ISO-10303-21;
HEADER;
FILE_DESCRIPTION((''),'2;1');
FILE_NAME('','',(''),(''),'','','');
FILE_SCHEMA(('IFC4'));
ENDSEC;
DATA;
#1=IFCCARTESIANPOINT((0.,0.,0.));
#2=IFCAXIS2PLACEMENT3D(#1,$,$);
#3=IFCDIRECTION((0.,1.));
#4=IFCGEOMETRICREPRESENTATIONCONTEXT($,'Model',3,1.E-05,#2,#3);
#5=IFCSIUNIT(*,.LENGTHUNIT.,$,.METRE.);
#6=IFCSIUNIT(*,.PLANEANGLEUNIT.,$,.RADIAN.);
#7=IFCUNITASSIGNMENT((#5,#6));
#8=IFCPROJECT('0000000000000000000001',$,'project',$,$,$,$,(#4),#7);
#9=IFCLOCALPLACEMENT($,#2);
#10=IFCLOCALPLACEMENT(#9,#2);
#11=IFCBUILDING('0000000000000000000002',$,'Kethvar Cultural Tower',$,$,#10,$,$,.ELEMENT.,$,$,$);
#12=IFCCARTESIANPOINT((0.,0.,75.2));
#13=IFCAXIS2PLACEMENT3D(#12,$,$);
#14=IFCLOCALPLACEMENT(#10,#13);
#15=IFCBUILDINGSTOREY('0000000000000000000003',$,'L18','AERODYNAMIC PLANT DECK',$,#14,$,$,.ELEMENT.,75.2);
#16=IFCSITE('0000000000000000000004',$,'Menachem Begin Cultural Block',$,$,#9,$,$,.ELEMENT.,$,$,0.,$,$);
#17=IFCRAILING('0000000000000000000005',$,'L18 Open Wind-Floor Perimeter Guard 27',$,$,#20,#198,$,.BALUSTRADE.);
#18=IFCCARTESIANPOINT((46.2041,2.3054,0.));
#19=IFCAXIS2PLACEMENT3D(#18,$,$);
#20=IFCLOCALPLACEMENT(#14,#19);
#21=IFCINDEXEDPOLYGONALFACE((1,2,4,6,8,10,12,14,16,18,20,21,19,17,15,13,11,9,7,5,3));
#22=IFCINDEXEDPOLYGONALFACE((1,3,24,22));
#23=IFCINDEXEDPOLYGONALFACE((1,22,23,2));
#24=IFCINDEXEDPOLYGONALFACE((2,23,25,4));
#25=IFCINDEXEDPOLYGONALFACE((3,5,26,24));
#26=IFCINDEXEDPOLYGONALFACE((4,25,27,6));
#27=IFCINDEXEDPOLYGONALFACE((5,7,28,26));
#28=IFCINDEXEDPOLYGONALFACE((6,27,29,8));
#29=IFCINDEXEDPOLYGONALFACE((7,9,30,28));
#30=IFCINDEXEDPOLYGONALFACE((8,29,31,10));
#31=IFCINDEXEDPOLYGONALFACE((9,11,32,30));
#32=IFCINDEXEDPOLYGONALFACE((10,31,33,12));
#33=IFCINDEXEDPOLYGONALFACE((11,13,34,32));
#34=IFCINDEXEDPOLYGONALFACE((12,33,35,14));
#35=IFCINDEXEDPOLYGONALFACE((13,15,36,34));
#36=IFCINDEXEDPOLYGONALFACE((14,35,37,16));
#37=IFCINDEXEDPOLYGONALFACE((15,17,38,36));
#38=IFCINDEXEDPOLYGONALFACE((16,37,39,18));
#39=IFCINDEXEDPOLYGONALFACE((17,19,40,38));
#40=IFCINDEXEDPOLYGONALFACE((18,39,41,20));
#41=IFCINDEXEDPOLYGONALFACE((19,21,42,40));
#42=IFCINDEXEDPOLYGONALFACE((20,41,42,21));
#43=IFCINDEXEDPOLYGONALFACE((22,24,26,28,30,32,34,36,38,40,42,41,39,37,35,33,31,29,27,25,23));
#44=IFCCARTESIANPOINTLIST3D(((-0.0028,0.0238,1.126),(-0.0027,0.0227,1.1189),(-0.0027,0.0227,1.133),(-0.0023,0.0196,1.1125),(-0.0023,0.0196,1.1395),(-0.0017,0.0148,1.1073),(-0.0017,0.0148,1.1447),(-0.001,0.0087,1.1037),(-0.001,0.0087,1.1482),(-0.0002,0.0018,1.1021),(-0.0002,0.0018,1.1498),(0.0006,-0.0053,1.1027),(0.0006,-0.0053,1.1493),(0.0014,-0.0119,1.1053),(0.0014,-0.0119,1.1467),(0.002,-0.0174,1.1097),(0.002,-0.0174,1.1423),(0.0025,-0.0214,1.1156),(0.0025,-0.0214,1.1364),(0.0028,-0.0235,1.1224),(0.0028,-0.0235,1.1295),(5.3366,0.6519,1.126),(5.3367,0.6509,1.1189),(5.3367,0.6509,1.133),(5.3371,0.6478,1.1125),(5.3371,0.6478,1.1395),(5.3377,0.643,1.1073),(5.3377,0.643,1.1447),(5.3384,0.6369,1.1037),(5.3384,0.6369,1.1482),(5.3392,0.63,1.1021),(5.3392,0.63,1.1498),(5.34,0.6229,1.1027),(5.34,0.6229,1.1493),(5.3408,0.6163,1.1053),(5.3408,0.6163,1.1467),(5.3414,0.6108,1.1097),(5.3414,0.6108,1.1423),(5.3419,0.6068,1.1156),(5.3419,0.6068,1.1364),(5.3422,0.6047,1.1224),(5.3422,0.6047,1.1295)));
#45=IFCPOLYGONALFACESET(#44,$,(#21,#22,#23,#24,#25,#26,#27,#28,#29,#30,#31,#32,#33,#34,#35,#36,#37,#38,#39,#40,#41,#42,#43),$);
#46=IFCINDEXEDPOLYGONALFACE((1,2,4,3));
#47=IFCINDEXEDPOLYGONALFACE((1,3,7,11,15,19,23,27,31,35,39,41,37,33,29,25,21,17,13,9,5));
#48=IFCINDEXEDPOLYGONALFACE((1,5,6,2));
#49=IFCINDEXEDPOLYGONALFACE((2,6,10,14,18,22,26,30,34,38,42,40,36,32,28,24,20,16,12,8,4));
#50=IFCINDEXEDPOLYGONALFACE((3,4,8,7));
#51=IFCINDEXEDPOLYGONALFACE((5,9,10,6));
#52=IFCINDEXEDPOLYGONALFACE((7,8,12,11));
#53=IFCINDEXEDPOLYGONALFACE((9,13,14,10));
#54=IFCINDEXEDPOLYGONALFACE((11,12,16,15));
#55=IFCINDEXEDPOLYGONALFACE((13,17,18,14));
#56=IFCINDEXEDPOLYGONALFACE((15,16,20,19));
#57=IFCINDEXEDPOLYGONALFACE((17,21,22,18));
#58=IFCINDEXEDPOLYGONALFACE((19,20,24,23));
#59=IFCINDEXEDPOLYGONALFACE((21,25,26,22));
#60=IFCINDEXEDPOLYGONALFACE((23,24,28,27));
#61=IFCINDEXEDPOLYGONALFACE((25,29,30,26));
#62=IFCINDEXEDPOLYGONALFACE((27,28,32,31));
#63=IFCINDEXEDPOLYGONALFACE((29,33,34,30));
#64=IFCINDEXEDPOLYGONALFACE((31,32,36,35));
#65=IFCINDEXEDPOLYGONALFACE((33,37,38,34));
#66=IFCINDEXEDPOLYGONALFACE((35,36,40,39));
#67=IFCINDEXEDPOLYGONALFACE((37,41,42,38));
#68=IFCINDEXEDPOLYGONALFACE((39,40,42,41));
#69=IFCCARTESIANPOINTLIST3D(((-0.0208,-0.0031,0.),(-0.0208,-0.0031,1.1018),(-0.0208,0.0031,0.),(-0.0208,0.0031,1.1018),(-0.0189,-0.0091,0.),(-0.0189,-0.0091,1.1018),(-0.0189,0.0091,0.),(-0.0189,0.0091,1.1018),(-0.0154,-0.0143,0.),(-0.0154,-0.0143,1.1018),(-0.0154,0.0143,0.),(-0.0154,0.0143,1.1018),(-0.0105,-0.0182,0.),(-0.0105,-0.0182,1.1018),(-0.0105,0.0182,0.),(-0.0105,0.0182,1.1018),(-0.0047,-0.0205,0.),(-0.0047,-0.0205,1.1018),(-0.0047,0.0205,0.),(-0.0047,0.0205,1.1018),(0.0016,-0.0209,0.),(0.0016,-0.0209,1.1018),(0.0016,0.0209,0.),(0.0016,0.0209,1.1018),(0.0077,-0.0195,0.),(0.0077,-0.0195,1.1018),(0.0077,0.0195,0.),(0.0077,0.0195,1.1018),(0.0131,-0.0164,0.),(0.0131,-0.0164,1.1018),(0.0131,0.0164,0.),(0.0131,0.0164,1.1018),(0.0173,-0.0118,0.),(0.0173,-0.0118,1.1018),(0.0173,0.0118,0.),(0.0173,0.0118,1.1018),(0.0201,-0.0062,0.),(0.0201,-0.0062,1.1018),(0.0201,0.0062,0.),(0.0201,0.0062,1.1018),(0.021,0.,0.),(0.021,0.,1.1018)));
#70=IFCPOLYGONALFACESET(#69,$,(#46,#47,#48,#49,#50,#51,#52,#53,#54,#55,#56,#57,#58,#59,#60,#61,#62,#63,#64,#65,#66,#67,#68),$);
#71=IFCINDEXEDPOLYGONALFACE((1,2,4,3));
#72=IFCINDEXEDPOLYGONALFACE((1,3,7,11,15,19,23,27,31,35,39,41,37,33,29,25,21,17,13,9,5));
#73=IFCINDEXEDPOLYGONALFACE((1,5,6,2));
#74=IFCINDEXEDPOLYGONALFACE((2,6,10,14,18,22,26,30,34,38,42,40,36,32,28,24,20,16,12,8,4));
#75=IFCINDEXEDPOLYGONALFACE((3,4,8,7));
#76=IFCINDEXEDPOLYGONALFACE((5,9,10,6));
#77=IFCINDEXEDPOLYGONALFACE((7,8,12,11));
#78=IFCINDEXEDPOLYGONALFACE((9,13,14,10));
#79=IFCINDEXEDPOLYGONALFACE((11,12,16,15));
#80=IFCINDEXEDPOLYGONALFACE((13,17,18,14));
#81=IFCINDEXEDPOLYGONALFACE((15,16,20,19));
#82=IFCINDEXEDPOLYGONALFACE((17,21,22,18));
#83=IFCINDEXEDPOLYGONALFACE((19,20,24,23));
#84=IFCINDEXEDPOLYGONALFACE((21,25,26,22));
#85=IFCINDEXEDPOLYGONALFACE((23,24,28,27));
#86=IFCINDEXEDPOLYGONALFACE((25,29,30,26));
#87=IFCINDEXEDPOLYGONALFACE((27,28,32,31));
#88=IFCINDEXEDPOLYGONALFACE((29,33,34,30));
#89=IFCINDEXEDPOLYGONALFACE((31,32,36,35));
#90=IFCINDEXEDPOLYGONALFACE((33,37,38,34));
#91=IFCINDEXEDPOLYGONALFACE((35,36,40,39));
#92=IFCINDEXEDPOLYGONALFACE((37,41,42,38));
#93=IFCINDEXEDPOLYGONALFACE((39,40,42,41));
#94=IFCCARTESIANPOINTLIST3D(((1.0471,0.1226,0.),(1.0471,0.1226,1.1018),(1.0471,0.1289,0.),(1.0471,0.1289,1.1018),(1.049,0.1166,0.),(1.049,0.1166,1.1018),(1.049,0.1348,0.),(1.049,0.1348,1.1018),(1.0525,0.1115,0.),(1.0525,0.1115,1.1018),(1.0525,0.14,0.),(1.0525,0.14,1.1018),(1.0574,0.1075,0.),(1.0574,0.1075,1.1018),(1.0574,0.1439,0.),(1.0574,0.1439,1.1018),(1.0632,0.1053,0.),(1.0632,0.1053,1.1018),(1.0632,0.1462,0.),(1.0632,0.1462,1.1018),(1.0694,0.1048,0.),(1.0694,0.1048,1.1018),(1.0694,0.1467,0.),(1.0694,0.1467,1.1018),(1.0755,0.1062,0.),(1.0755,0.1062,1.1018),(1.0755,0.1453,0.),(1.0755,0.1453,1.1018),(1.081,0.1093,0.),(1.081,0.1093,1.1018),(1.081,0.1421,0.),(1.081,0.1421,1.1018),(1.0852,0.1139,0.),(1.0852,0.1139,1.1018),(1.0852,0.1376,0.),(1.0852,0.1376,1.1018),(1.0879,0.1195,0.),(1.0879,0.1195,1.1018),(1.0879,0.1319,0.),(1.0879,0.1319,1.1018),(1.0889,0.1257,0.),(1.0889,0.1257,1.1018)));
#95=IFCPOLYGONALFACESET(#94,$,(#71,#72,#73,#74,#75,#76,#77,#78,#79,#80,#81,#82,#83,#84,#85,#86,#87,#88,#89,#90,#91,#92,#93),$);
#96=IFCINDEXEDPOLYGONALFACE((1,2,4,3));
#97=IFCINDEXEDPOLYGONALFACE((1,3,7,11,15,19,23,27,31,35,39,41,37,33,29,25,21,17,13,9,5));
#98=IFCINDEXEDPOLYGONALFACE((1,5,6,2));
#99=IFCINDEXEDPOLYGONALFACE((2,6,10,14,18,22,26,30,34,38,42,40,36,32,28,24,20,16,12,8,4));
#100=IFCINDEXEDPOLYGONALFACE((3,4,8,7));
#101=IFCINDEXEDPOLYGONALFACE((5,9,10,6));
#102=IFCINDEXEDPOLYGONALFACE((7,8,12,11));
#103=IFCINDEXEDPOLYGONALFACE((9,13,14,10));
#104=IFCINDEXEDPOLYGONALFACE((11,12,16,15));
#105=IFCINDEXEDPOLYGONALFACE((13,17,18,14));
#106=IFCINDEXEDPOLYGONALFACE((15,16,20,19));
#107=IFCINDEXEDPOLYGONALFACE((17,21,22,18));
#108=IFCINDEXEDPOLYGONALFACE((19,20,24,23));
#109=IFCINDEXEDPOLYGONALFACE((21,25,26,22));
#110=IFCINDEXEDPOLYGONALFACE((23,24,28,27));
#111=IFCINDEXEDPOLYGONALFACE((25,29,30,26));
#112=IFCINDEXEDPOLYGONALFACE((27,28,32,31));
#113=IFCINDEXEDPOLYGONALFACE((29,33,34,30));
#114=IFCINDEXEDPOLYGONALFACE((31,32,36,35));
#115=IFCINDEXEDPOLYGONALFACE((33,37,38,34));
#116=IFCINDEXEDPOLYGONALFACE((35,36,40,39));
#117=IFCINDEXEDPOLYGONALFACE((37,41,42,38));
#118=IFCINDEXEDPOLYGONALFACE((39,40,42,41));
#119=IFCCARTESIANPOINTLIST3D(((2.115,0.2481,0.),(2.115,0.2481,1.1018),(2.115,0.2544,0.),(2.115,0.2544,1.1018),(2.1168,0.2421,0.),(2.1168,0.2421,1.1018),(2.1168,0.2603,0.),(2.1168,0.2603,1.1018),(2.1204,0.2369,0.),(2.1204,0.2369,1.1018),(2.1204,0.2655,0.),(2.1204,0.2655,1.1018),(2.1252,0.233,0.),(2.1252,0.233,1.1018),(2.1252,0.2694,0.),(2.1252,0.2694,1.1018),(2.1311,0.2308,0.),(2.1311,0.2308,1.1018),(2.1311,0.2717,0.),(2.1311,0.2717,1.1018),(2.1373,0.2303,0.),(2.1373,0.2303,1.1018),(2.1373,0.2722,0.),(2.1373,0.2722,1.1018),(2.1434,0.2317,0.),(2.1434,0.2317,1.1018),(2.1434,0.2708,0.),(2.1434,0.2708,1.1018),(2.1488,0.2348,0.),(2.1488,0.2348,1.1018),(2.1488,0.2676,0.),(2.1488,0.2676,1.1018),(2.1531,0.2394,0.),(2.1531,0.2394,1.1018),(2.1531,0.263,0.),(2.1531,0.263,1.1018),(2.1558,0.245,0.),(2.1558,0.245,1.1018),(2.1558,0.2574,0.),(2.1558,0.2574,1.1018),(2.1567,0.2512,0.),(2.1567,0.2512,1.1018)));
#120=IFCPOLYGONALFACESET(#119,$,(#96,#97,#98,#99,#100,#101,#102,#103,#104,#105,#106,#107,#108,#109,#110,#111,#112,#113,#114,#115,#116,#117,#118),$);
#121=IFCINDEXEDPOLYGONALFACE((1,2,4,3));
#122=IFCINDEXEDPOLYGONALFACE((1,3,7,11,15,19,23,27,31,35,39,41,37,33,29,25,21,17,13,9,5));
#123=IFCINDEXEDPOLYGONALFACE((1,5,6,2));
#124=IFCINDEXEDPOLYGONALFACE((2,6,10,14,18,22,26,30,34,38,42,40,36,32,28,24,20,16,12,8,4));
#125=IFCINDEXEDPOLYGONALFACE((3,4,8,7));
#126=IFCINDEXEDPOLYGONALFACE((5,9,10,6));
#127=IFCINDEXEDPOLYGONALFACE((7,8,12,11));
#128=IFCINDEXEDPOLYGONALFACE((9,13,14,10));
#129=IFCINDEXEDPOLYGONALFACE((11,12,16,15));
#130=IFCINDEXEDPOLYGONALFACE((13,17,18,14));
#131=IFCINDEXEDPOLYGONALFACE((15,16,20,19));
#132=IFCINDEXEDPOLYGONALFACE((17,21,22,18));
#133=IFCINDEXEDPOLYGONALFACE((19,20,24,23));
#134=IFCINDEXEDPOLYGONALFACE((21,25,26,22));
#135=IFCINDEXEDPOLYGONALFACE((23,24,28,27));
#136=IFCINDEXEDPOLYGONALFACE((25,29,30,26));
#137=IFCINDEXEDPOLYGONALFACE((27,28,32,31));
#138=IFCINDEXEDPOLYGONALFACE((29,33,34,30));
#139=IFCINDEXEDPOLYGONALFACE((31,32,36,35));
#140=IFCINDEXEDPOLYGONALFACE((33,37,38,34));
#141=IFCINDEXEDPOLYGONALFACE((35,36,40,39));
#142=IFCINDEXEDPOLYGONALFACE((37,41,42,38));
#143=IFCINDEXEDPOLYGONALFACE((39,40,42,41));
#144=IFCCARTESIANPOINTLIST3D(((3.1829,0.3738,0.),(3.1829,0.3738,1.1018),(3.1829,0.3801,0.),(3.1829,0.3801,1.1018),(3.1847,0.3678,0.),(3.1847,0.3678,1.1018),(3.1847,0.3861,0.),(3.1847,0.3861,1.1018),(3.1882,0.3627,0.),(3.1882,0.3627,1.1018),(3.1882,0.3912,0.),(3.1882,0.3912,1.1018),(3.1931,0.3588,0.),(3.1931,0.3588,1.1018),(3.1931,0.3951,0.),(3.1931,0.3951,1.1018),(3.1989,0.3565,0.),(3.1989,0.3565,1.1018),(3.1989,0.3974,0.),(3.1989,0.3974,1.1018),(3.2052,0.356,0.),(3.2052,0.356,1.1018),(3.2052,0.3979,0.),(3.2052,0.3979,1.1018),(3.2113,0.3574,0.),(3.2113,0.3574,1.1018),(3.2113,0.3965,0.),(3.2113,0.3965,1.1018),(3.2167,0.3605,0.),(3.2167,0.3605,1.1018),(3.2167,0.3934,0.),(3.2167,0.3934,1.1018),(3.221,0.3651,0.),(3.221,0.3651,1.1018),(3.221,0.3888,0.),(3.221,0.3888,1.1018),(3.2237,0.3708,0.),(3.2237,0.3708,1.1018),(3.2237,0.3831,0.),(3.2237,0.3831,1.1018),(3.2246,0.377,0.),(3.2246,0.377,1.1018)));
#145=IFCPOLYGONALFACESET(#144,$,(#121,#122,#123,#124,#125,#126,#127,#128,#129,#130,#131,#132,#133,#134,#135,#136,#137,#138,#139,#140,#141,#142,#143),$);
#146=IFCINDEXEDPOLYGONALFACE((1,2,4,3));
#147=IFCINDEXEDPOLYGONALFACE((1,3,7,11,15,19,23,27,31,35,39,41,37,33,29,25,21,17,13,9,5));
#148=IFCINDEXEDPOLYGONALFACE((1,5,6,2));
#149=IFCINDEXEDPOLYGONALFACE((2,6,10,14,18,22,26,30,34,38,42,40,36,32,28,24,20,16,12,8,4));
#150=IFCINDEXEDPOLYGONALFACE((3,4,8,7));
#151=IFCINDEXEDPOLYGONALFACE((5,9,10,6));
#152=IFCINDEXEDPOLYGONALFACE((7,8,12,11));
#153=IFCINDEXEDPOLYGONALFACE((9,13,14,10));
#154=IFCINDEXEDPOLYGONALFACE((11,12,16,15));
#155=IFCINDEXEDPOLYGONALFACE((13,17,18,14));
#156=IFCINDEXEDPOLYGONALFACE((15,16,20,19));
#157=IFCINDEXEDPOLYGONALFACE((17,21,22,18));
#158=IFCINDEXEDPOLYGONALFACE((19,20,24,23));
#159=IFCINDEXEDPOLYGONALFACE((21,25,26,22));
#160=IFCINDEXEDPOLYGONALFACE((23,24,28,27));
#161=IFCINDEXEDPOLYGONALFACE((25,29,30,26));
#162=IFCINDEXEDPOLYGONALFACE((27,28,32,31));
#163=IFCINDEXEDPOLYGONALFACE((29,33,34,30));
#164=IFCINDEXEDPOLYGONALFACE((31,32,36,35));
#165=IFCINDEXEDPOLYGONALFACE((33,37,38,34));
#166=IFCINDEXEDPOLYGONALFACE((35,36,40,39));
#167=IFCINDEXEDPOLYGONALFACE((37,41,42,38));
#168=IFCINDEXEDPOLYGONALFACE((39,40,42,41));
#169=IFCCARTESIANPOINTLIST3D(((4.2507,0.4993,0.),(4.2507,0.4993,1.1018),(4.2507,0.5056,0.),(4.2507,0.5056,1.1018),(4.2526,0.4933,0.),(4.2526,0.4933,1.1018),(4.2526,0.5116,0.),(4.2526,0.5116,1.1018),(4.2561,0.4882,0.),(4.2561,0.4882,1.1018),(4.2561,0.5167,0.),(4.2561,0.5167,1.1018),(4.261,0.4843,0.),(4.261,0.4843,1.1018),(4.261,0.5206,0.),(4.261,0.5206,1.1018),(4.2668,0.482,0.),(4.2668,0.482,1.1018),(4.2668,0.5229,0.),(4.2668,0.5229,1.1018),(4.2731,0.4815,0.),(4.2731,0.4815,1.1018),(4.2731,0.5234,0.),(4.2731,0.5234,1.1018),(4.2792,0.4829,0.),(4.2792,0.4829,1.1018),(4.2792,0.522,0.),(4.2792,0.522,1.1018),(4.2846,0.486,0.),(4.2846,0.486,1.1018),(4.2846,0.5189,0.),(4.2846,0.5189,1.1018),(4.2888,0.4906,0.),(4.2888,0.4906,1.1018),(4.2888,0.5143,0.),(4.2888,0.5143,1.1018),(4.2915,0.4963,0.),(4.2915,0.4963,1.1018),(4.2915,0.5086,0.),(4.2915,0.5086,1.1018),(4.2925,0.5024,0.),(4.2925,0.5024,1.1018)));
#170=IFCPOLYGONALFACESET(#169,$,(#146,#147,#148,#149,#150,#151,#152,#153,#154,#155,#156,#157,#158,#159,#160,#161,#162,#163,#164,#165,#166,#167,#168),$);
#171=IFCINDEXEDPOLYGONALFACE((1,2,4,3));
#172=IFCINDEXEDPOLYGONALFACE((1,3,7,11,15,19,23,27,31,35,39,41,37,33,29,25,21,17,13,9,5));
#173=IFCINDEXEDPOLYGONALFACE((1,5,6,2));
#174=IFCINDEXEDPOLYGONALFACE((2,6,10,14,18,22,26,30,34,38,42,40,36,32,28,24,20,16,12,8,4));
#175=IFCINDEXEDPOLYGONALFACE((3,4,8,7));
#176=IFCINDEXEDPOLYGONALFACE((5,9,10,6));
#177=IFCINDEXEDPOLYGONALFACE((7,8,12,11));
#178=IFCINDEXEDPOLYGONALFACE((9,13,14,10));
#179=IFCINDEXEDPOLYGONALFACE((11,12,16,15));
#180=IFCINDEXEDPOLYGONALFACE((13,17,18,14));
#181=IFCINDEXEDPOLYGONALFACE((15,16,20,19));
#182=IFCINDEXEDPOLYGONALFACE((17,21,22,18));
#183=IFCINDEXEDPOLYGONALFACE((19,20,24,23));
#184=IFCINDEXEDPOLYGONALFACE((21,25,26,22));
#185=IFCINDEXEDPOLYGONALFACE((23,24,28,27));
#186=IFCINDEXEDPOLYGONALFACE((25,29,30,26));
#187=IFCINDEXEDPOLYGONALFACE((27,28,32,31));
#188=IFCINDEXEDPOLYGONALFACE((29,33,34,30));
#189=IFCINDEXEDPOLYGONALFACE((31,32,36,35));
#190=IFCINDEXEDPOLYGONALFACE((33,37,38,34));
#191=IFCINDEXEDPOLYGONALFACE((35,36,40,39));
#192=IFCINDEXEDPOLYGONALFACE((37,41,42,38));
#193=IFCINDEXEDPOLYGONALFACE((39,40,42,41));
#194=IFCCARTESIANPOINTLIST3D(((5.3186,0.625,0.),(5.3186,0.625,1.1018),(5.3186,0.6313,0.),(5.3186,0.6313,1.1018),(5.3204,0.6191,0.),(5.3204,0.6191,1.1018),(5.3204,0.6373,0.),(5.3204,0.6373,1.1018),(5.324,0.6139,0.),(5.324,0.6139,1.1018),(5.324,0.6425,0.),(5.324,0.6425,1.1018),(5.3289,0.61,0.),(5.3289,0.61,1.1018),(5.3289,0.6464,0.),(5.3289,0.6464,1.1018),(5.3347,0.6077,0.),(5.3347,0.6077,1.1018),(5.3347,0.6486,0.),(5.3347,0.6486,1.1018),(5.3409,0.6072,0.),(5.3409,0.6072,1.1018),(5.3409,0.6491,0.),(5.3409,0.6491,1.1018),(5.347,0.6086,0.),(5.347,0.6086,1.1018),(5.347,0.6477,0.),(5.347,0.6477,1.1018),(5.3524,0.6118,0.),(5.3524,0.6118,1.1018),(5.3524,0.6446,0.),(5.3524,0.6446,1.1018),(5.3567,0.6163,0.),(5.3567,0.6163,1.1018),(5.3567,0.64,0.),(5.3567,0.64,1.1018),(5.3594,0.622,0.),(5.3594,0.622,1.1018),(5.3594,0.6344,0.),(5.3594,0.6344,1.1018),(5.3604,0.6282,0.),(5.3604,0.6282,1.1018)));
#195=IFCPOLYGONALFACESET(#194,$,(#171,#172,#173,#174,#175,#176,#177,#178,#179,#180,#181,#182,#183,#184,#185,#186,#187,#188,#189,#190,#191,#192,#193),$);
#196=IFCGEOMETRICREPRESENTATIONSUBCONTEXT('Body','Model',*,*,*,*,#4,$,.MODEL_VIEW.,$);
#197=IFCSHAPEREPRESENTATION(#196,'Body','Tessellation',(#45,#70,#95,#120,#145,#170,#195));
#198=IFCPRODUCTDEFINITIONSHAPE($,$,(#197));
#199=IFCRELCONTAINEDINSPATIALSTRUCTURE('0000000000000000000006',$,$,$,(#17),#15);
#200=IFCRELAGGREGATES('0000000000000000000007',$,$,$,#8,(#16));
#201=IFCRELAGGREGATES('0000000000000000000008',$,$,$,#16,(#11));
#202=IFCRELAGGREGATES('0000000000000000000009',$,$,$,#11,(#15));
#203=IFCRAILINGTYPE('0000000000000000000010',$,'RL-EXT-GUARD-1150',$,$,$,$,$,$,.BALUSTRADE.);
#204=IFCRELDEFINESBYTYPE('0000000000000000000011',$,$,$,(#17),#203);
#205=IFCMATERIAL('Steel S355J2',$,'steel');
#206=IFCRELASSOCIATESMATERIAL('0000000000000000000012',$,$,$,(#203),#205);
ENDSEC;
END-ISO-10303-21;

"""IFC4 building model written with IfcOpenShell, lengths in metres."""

from ifc_helpers import new_model, si_unit, direction, frame, origin, origin_2d, place, context, subcontext, project, spatial, circle, extrude, material, type_object, element, save


model = new_model("IFC4")

# Units and contexts
model_context = context("Model", 3, precision=1e-05, world=origin(), true_north=direction((0.0, 1.0)))
body_context = subcontext(model_context, "Body", "Model", "MODEL_VIEW")
ifc_project = project(units=[si_unit("LENGTHUNIT", "METRE"), si_unit("PLANEANGLEUNIT", "RADIAN")], contexts=[model_context])

# Site, building, storey
site_placement = place(None, origin())
site = spatial("IfcSite", under=ifc_project, at=site_placement, Name="Menachem Begin Cultural Block", CompositionType="ELEMENT", RefElevation=0.0)
building_placement = place(site_placement, origin())
building = spatial("IfcBuilding", under=site, at=building_placement, Name="Kethvar Cultural Tower", CompositionType="ELEMENT")
storey_placement = place(building_placement, frame((0.0, 0.0, 75.2)))
storey = spatial("IfcBuildingStorey", under=building, at=storey_placement, Name="L18", Description="AERODYNAMIC PLANT DECK", CompositionType="ELEMENT", Elevation=75.2)

# Shared definitions
ifc_material_1 = material(Name="Steel S355J2", Category="steel")

# Railing
railing_type_1 = type_object("IfcRailingType", Name="RL-EXT-GUARD-1150", PredefinedType="BALUSTRADE", material=ifc_material_1)
railing_1_placement = place(storey_placement, frame((46.2041, 2.3054, 0.0)))
element("IfcRailing", 1, at=railing_1_placement, inside=storey, type_object=railing_type_1, Name="L18 Open Wind-Floor Perimeter Guard 27", PredefinedType="BALUSTRADE", context=body_context, shape_type="SweptSolid", body=[
    extrude(circle(Radius=0.0239, at=origin_2d()), frame((0.0, 0.0, 1.126), z_axis=(0.99315, 0.116844, 0.0), x_axis=(-0.116844, 0.99315, 0.0)), (0.0, 0.0, 1.0), 5.3762),
    extrude(circle(Radius=0.021, at=origin_2d()), origin(), (0.0, 0.0, 1.0), 1.1018),
    extrude(circle(Radius=0.021, at=origin_2d()), frame((1.0679, 0.1257, 0.0)), (0.0, 0.0, 1.0), 1.1018),
    extrude(circle(Radius=0.021, at=origin_2d()), frame((2.1357, 0.2512, 0.0)), (0.0, 0.0, 1.0), 1.1018),
    extrude(circle(Radius=0.021, at=origin_2d()), frame((3.2036, 0.377, 0.0)), (0.0, 0.0, 1.0), 1.1018),
    extrude(circle(Radius=0.021, at=origin_2d()), frame((4.2715, 0.5024, 0.0)), (0.0, 0.0, 1.0), 1.1018),
    extrude(circle(Radius=0.021, at=origin_2d()), frame((5.3394, 0.6282, 0.0)), (0.0, 0.0, 1.0), 1.1018),
])

save(model, "model.ifc")
